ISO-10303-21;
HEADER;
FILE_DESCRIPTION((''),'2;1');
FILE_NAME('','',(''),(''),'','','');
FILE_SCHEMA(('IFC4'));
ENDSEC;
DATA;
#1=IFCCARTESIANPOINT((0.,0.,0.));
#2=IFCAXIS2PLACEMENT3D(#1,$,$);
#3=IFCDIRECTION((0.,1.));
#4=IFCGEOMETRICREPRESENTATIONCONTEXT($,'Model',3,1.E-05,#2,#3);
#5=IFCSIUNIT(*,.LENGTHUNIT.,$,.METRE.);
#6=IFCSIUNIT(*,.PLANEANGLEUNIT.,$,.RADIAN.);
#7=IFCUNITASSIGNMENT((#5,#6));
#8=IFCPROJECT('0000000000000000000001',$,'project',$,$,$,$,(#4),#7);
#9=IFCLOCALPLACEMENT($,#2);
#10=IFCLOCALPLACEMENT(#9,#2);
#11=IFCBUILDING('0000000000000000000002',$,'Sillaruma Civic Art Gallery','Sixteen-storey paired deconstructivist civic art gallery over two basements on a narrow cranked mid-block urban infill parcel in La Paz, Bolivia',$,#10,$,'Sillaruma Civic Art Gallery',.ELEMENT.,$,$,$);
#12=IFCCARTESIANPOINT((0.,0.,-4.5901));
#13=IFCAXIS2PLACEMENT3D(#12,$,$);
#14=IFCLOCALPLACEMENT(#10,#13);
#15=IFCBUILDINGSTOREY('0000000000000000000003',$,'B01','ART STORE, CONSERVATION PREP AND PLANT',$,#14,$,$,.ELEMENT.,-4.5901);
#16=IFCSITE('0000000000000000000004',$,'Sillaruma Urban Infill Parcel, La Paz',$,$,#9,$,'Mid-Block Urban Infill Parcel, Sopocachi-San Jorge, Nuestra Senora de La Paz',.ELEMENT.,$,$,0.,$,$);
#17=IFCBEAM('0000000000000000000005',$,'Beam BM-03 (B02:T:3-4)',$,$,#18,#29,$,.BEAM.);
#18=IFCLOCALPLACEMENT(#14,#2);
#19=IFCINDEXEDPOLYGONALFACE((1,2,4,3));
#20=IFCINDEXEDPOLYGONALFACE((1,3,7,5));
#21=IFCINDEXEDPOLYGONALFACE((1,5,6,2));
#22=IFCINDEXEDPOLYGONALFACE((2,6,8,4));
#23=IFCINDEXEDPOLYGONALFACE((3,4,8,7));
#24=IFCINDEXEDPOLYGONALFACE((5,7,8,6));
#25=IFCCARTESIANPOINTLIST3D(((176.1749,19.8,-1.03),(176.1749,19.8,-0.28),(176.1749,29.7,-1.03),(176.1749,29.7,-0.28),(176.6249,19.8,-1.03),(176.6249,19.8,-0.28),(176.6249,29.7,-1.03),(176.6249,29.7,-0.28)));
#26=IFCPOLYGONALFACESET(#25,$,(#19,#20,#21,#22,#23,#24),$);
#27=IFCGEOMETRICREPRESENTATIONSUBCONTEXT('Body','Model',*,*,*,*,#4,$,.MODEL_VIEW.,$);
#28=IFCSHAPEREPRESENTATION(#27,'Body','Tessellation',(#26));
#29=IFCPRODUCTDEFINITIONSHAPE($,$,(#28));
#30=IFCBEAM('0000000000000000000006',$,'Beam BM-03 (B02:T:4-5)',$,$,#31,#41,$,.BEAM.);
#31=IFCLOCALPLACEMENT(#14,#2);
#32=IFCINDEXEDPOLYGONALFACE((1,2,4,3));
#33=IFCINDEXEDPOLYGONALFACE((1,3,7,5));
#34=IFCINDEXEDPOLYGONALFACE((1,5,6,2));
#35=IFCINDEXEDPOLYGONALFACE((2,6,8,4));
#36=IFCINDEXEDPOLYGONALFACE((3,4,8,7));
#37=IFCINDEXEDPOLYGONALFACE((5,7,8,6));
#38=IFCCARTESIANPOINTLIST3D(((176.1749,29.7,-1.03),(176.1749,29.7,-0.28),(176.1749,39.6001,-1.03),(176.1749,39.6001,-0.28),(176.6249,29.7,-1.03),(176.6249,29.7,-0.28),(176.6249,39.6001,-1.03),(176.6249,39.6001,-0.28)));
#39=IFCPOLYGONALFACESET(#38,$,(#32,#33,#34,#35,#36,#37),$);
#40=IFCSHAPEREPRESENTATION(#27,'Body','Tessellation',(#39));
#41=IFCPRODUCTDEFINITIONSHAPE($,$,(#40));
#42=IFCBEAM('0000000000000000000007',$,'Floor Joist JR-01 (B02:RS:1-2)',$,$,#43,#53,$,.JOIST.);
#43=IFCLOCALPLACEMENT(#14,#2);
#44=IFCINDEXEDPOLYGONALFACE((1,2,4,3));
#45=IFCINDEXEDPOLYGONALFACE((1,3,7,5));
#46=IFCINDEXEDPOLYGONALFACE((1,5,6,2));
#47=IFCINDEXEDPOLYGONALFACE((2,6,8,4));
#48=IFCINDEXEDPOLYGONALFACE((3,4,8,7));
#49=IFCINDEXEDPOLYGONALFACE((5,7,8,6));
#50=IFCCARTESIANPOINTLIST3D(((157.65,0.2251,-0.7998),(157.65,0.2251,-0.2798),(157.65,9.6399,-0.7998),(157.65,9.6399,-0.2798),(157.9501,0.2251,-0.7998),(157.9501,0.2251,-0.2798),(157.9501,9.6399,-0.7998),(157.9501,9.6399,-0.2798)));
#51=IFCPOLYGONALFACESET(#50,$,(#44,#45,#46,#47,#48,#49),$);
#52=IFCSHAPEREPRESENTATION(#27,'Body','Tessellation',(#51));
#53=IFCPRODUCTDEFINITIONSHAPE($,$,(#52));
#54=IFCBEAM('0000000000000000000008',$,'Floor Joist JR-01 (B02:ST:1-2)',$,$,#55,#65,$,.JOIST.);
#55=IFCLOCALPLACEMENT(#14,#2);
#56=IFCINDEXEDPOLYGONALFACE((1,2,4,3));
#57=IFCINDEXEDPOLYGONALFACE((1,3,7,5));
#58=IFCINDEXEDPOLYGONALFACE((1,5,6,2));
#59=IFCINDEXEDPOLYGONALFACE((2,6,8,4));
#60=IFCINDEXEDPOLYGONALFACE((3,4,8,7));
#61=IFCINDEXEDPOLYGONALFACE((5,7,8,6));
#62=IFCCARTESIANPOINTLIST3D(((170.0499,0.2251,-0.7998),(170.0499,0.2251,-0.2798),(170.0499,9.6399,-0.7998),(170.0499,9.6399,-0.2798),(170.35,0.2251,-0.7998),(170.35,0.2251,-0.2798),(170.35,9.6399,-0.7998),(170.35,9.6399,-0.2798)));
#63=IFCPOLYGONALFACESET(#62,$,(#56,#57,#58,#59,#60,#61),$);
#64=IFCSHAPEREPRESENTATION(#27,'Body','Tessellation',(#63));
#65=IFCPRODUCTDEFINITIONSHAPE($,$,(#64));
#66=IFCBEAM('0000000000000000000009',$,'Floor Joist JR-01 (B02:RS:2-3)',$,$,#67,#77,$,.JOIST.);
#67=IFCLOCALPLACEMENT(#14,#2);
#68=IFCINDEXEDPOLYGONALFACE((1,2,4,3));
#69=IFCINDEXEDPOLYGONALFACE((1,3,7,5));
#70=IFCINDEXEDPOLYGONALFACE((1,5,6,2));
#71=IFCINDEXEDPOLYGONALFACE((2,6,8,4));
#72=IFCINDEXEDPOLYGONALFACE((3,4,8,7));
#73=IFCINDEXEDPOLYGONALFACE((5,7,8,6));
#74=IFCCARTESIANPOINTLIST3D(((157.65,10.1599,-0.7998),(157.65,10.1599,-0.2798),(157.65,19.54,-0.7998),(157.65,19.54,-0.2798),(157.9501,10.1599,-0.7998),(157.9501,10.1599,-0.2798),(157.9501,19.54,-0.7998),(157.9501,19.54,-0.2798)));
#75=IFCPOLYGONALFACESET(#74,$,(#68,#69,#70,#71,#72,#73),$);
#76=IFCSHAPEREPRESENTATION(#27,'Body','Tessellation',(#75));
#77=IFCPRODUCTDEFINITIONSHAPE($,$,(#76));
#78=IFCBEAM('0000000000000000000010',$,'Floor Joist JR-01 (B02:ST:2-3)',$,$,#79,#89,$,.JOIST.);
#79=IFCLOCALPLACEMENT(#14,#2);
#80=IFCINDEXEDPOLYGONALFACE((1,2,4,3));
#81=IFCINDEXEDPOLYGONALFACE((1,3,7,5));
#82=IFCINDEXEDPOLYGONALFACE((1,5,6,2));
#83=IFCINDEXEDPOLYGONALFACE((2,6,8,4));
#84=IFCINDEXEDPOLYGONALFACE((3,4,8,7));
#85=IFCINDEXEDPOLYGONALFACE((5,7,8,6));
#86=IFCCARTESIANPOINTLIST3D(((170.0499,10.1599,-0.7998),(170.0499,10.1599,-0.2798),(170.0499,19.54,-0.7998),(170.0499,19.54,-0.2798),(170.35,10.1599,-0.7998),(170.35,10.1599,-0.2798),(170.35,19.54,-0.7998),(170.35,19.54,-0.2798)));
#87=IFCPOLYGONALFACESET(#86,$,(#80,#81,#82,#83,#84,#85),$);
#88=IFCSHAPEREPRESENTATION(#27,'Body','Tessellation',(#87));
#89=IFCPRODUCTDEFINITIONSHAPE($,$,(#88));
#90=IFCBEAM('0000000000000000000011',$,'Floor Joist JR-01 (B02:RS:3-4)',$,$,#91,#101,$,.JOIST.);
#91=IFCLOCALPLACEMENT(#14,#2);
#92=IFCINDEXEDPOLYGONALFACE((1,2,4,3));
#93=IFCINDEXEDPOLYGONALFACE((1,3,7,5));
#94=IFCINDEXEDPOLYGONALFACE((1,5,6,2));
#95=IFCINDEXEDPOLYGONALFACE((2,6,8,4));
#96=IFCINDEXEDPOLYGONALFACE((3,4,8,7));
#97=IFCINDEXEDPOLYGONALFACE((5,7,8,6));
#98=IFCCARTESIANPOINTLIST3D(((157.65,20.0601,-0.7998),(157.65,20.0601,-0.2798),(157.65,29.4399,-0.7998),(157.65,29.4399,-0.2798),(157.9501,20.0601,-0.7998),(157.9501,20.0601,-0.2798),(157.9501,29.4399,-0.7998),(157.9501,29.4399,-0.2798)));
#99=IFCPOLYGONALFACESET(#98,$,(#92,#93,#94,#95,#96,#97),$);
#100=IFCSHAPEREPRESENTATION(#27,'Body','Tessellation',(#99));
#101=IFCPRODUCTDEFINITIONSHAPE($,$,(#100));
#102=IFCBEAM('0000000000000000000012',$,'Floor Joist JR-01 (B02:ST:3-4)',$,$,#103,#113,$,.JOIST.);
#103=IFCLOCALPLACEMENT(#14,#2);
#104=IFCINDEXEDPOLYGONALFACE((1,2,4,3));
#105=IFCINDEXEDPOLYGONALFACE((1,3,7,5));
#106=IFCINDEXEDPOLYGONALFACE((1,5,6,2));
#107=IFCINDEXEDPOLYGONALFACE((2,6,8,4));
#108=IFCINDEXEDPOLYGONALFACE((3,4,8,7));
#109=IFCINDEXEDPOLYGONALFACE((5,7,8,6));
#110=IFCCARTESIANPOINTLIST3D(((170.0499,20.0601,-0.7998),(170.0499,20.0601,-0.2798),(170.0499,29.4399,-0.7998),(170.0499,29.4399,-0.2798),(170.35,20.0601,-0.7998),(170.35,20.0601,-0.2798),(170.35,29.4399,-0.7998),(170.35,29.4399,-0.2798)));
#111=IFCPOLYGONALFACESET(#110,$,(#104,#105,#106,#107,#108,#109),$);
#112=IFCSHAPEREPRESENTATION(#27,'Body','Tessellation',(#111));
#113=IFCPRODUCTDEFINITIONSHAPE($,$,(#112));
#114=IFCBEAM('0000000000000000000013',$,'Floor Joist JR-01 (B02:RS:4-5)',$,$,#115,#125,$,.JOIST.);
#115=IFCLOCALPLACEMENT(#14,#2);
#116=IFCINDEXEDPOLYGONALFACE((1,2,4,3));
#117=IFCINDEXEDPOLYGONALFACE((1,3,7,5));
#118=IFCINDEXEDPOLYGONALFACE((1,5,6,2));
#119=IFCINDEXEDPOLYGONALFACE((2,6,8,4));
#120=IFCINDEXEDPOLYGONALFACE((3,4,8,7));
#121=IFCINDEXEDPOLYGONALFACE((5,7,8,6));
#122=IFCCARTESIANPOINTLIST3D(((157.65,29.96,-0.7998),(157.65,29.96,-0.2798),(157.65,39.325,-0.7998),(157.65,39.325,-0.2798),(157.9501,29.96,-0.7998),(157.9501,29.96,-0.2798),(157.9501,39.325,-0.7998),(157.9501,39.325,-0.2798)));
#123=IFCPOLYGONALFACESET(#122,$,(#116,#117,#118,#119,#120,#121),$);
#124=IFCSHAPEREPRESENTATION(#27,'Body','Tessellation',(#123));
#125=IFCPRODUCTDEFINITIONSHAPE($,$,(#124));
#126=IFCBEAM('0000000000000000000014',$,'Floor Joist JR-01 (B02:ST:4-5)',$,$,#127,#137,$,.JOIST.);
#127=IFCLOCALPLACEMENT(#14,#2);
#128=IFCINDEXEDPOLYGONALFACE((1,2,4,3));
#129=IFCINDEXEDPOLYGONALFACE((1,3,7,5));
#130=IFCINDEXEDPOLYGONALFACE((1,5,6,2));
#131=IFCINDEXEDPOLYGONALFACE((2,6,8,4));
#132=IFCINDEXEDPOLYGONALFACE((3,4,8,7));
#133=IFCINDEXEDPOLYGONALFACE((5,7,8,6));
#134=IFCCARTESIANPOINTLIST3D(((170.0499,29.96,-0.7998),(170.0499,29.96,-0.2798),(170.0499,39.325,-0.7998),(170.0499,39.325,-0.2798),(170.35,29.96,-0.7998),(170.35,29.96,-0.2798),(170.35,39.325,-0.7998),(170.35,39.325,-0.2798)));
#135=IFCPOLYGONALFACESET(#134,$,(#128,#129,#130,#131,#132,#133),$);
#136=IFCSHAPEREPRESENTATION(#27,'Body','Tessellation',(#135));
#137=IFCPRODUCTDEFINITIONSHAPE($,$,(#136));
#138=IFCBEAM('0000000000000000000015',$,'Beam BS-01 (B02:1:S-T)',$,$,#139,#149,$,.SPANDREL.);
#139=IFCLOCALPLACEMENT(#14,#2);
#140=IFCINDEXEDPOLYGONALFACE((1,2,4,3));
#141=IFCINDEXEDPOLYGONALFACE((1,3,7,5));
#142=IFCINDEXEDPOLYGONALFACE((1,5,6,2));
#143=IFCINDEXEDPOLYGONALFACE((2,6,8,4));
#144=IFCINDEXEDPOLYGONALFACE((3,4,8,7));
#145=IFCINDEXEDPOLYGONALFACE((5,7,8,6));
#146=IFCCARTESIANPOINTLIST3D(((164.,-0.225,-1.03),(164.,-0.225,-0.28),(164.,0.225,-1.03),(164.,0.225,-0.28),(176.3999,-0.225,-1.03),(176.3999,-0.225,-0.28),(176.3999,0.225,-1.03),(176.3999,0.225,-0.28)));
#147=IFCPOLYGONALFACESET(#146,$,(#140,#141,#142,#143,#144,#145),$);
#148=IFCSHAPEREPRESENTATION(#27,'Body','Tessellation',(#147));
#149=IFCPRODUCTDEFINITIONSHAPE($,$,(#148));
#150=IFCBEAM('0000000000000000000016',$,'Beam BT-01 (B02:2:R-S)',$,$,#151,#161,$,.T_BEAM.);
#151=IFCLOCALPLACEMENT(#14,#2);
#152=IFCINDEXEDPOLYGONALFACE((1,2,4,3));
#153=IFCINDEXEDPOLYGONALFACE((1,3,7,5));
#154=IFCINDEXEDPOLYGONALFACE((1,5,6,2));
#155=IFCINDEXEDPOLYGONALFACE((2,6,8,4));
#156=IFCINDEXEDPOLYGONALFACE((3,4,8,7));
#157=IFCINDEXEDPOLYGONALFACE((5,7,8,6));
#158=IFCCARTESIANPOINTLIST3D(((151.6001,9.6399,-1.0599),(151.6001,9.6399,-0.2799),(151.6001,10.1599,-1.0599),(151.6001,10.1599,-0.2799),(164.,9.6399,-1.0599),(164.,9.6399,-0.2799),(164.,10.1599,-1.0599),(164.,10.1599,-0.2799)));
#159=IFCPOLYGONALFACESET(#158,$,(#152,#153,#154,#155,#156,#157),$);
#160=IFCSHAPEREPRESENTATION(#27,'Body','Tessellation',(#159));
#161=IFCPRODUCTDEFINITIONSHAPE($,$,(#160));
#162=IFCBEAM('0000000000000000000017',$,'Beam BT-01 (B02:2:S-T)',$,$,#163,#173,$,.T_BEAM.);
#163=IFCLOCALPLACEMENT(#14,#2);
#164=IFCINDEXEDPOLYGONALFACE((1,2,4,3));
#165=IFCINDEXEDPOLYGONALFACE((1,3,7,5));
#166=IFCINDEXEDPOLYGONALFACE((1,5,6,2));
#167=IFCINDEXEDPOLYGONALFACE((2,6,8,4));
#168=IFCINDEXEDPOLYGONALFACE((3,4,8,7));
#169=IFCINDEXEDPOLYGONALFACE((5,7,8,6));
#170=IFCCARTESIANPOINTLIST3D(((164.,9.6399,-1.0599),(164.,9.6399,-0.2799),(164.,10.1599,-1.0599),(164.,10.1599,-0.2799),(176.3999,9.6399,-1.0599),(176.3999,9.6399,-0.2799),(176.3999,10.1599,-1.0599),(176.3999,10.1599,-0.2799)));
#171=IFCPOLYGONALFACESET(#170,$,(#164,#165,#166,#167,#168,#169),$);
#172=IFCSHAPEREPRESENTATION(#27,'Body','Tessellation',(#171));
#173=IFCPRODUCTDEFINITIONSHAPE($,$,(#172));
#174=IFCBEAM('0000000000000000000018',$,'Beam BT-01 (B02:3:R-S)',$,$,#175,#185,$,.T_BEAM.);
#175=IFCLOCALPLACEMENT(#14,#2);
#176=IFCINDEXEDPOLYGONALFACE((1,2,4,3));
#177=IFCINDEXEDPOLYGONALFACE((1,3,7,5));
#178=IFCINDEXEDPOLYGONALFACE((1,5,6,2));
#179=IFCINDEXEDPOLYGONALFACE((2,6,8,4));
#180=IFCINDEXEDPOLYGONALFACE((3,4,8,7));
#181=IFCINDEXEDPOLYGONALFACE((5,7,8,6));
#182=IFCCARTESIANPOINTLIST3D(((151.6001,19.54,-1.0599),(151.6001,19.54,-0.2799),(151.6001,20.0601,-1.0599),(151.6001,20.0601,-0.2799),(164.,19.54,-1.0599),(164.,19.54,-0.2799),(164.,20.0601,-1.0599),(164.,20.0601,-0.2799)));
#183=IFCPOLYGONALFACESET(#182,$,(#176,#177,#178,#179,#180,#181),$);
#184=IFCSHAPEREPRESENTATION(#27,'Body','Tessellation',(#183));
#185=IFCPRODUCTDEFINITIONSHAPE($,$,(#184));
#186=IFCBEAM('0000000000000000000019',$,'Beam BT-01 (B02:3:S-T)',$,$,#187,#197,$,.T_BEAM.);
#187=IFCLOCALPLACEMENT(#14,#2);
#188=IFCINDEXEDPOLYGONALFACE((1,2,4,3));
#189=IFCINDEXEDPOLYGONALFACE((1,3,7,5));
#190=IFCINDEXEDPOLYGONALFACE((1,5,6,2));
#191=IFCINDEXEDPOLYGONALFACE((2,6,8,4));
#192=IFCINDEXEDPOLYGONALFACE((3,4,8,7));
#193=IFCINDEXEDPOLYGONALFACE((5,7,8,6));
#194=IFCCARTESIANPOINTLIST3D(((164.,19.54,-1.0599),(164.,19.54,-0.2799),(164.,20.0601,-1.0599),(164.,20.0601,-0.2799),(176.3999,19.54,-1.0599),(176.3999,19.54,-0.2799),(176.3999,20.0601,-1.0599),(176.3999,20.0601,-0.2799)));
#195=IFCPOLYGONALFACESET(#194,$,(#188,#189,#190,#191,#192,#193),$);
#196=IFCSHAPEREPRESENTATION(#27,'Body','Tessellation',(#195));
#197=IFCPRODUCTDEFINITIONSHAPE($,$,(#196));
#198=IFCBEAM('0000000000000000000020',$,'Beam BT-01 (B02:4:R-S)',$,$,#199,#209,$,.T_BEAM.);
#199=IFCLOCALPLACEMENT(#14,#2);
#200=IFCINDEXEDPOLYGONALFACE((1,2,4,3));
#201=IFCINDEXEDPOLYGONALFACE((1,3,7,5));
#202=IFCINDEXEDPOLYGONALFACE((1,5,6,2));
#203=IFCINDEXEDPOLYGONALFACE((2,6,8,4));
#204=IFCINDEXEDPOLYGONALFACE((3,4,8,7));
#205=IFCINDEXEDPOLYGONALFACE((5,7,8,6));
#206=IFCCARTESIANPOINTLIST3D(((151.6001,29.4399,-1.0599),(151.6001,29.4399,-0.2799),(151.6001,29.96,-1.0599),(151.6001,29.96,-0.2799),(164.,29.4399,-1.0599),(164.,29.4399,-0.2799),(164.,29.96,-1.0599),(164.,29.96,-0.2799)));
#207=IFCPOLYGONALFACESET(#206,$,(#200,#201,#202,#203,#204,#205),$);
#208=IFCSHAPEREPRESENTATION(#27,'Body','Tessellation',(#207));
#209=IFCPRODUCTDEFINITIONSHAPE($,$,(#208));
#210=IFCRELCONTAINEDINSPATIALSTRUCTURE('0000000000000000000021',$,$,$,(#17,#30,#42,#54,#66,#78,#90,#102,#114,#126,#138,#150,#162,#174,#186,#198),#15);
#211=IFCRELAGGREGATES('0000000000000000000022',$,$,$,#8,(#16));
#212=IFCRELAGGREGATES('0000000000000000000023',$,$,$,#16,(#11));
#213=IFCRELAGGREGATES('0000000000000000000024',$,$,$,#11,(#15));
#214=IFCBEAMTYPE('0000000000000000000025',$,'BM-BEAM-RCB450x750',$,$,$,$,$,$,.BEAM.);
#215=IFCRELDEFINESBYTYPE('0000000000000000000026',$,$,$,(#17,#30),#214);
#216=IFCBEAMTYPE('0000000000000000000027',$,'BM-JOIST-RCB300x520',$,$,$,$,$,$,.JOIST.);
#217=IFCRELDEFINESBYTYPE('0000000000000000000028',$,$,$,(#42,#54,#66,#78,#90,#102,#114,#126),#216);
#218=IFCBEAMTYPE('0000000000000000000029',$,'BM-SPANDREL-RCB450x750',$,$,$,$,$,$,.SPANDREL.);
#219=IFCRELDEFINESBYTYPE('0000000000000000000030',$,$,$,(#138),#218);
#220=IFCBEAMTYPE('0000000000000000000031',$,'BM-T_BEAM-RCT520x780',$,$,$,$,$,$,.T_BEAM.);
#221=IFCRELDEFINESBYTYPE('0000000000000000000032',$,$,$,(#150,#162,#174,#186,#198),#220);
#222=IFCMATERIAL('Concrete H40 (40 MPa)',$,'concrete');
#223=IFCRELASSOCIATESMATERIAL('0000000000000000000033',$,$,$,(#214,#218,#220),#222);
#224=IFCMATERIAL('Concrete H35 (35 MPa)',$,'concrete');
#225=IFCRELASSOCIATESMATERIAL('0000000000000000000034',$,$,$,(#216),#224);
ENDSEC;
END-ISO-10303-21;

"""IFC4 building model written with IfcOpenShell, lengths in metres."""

from ifc_helpers import new_model, si_unit, direction, frame, origin, origin_2d, place, context, subcontext, project, spatial, rectangle, extrude, material, material_profile, profile_set, type_object, element, save


model = new_model("IFC4")

# Units and contexts
model_context = context("Model", 3, precision=1e-05, world=origin(), true_north=direction((0.0, 1.0)))
body_context = subcontext(model_context, "Body", "Model", "MODEL_VIEW")
ifc_project = project(units=[si_unit("LENGTHUNIT", "METRE"), si_unit("PLANEANGLEUNIT", "RADIAN")], contexts=[model_context])

# Site, building, storey
site_placement = place(None, origin())
site = spatial("IfcSite", under=ifc_project, at=site_placement, Name="Sillaruma Urban Infill Parcel, La Paz", LongName="Mid-Block Urban Infill Parcel, Sopocachi-San Jorge, Nuestra Senora de La Paz", CompositionType="ELEMENT", RefElevation=0.0)
building_placement = place(site_placement, origin())
building = spatial("IfcBuilding", under=site, at=building_placement, Name="Sillaruma Civic Art Gallery", Description="Sixteen-storey paired deconstructivist civic art gallery over two basements on a narrow cranked mid-block urban infill parcel in La Paz, Bolivia", LongName="Sillaruma Civic Art Gallery", CompositionType="ELEMENT")
storey_placement = place(building_placement, frame((0.0, 0.0, -4.5901)))
storey = spatial("IfcBuildingStorey", under=building, at=storey_placement, Name="B01", Description="ART STORE, CONSERVATION PREP AND PLANT", CompositionType="ELEMENT", Elevation=-4.5901)

# Shared definitions
ifc_material_1 = material(Name="Concrete H40 (40 MPa)", Category="concrete")

# Beams
ifc_material_profile_1 = material_profile(ifc_material_1, rectangle(XDim=0.45, YDim=0.75, at=origin_2d()), Name="RCB450x750")
ifc_profile_set_1 = profile_set([ifc_material_profile_1], Name="Concrete H40 (40 MPa)")
beam_type_1 = type_object("IfcBeamType", Name="BM-BEAM-RCB450x750", PredefinedType="BEAM", material=ifc_profile_set_1)
beam_1_placement = place(storey_placement, frame((176.3999, 19.8, -0.655), z_axis=(0.0, 1.0, 0.0), x_axis=(-1.0, 0.0, 0.0)))
element("IfcBeam", 1, at=beam_1_placement, inside=storey, type_object=beam_type_1, Name="Beam BM-03 (B02:T:3-4)", PredefinedType="BEAM", context=body_context, shape_type="SweptSolid", body=[
    extrude(rectangle(XDim=0.45, YDim=0.75, at=origin_2d()), origin(), (0.0, 0.0, 1.0), 9.8999),
])
beam_2_placement = place(storey_placement, frame((176.3999, 29.7, -0.655), z_axis=(0.0, 1.0, 0.0), x_axis=(-1.0, 0.0, 0.0)))
element("IfcBeam", 2, at=beam_2_placement, inside=storey, type_object=beam_type_1, Name="Beam BM-03 (B02:T:4-5)", PredefinedType="BEAM", context=body_context, shape_type="SweptSolid", body=[
    extrude(rectangle(XDim=0.45, YDim=0.75, at=origin_2d()), origin(), (0.0, 0.0, 1.0), 9.9001),
])
ifc_material_2 = material(Name="Concrete H35 (35 MPa)", Category="concrete")
ifc_material_profile_2 = material_profile(ifc_material_2, rectangle(XDim=0.3, YDim=0.52, at=origin_2d()), Name="RCB300x520")
ifc_profile_set_2 = profile_set([ifc_material_profile_2], Name="Concrete H35 (35 MPa)")
beam_type_2 = type_object("IfcBeamType", Name="BM-JOIST-RCB300x520", PredefinedType="JOIST", material=ifc_profile_set_2)
for number, where, z_axis, x_axis, name in (
    (3, (157.8, 0.2251, -0.5398), (0.0, 1.0, 0.0), (-1.0, 0.0, 0.0), "Floor Joist JR-01 (B02:RS:1-2)"),
    (4, (170.2, 0.2251, -0.5398), (0.0, 1.0, 0.0), (-1.0, 0.0, 0.0), "Floor Joist JR-01 (B02:ST:1-2)"),
):
    element("IfcBeam", number, at=place(storey_placement, frame(where, z_axis=z_axis, x_axis=x_axis)), inside=storey, type_object=beam_type_2, Name=name, PredefinedType="JOIST", context=body_context, shape_type="SweptSolid", body=[
        extrude(rectangle(XDim=0.3, YDim=0.52, at=origin_2d()), origin(), (0.0, 0.0, 1.0), 9.4148),
    ])
for number, where, z_axis, x_axis, name in (
    (5, (157.8, 10.1599, -0.5398), (0.0, 1.0, 0.0), (-1.0, 0.0, 0.0), "Floor Joist JR-01 (B02:RS:2-3)"),
    (6, (170.2, 10.1599, -0.5398), (0.0, 1.0, 0.0), (-1.0, 0.0, 0.0), "Floor Joist JR-01 (B02:ST:2-3)"),
):
    element("IfcBeam", number, at=place(storey_placement, frame(where, z_axis=z_axis, x_axis=x_axis)), inside=storey, type_object=beam_type_2, Name=name, PredefinedType="JOIST", context=body_context, shape_type="SweptSolid", body=[
        extrude(rectangle(XDim=0.3, YDim=0.52, at=origin_2d()), origin(), (0.0, 0.0, 1.0), 9.3801),
    ])
for number, where, z_axis, x_axis, name in (
    (7, (157.8, 20.0601, -0.5398), (0.0, 1.0, 0.0), (-1.0, 0.0, 0.0), "Floor Joist JR-01 (B02:RS:3-4)"),
    (8, (170.2, 20.0601, -0.5398), (0.0, 1.0, 0.0), (-1.0, 0.0, 0.0), "Floor Joist JR-01 (B02:ST:3-4)"),
):
    element("IfcBeam", number, at=place(storey_placement, frame(where, z_axis=z_axis, x_axis=x_axis)), inside=storey, type_object=beam_type_2, Name=name, PredefinedType="JOIST", context=body_context, shape_type="SweptSolid", body=[
        extrude(rectangle(XDim=0.3, YDim=0.52, at=origin_2d()), origin(), (0.0, 0.0, 1.0), 9.3799),
    ])
for number, where, z_axis, x_axis, name in (
    (9, (157.8, 29.96, -0.5398), (0.0, 1.0, 0.0), (-1.0, 0.0, 0.0), "Floor Joist JR-01 (B02:RS:4-5)"),
    (10, (170.2, 29.96, -0.5398), (0.0, 1.0, 0.0), (-1.0, 0.0, 0.0), "Floor Joist JR-01 (B02:ST:4-5)"),
):
    element("IfcBeam", number, at=place(storey_placement, frame(where, z_axis=z_axis, x_axis=x_axis)), inside=storey, type_object=beam_type_2, Name=name, PredefinedType="JOIST", context=body_context, shape_type="SweptSolid", body=[
        extrude(rectangle(XDim=0.3, YDim=0.52, at=origin_2d()), origin(), (0.0, 0.0, 1.0), 9.365),
    ])
ifc_material_profile_3 = material_profile(ifc_material_1, rectangle(XDim=0.45, YDim=0.75, at=origin_2d()), Name="RCB450x750")
ifc_profile_set_3 = profile_set([ifc_material_profile_3], Name="Concrete H40 (40 MPa)")
beam_type_3 = type_object("IfcBeamType", Name="BM-SPANDREL-RCB450x750", PredefinedType="SPANDREL", material=ifc_profile_set_3)
beam_3_placement = place(storey_placement, frame((164.0, 0.0, -0.655), z_axis=(1.0, 0.0, 0.0), x_axis=(0.0, 1.0, 0.0)))
element("IfcBeam", 11, at=beam_3_placement, inside=storey, type_object=beam_type_3, Name="Beam BS-01 (B02:1:S-T)", PredefinedType="SPANDREL", context=body_context, shape_type="SweptSolid", body=[
    extrude(rectangle(XDim=0.45, YDim=0.75, at=origin_2d()), origin(), (0.0, 0.0, 1.0), 12.3999),
])
ifc_material_profile_4 = material_profile(ifc_material_1, rectangle(XDim=0.52, YDim=0.78, at=origin_2d()), Name="RCT520x780")
ifc_profile_set_4 = profile_set([ifc_material_profile_4], Name="Concrete H40 (40 MPa)")
beam_type_4 = type_object("IfcBeamType", Name="BM-T_BEAM-RCT520x780", PredefinedType="T_BEAM", material=ifc_profile_set_4)
for number, where, z_axis, x_axis, name in (
    (12, (151.6001, 9.8999, -0.6699), (1.0, 0.0, 0.0), (0.0, 1.0, 0.0), "Beam BT-01 (B02:2:R-S)"),
    (13, (164.0, 9.8999, -0.6699), (1.0, 0.0, 0.0), (0.0, 1.0, 0.0), "Beam BT-01 (B02:2:S-T)"),
    (14, (151.6001, 19.8, -0.6699), (1.0, 0.0, 0.0), (0.0, 1.0, 0.0), "Beam BT-01 (B02:3:R-S)"),
    (15, (164.0, 19.8, -0.6699), (1.0, 0.0, 0.0), (0.0, 1.0, 0.0), "Beam BT-01 (B02:3:S-T)"),
    (16, (151.6001, 29.7, -0.6699), (1.0, 0.0, 0.0), (0.0, 1.0, 0.0), "Beam BT-01 (B02:4:R-S)"),
):
    element("IfcBeam", number, at=place(storey_placement, frame(where, z_axis=z_axis, x_axis=x_axis)), inside=storey, type_object=beam_type_4, Name=name, PredefinedType="T_BEAM", context=body_context, shape_type="SweptSolid", body=[
        extrude(rectangle(XDim=0.52, YDim=0.78, at=origin_2d()), origin(), (0.0, 0.0, 1.0), 12.3999),
    ])

save(model, "model.ifc")
